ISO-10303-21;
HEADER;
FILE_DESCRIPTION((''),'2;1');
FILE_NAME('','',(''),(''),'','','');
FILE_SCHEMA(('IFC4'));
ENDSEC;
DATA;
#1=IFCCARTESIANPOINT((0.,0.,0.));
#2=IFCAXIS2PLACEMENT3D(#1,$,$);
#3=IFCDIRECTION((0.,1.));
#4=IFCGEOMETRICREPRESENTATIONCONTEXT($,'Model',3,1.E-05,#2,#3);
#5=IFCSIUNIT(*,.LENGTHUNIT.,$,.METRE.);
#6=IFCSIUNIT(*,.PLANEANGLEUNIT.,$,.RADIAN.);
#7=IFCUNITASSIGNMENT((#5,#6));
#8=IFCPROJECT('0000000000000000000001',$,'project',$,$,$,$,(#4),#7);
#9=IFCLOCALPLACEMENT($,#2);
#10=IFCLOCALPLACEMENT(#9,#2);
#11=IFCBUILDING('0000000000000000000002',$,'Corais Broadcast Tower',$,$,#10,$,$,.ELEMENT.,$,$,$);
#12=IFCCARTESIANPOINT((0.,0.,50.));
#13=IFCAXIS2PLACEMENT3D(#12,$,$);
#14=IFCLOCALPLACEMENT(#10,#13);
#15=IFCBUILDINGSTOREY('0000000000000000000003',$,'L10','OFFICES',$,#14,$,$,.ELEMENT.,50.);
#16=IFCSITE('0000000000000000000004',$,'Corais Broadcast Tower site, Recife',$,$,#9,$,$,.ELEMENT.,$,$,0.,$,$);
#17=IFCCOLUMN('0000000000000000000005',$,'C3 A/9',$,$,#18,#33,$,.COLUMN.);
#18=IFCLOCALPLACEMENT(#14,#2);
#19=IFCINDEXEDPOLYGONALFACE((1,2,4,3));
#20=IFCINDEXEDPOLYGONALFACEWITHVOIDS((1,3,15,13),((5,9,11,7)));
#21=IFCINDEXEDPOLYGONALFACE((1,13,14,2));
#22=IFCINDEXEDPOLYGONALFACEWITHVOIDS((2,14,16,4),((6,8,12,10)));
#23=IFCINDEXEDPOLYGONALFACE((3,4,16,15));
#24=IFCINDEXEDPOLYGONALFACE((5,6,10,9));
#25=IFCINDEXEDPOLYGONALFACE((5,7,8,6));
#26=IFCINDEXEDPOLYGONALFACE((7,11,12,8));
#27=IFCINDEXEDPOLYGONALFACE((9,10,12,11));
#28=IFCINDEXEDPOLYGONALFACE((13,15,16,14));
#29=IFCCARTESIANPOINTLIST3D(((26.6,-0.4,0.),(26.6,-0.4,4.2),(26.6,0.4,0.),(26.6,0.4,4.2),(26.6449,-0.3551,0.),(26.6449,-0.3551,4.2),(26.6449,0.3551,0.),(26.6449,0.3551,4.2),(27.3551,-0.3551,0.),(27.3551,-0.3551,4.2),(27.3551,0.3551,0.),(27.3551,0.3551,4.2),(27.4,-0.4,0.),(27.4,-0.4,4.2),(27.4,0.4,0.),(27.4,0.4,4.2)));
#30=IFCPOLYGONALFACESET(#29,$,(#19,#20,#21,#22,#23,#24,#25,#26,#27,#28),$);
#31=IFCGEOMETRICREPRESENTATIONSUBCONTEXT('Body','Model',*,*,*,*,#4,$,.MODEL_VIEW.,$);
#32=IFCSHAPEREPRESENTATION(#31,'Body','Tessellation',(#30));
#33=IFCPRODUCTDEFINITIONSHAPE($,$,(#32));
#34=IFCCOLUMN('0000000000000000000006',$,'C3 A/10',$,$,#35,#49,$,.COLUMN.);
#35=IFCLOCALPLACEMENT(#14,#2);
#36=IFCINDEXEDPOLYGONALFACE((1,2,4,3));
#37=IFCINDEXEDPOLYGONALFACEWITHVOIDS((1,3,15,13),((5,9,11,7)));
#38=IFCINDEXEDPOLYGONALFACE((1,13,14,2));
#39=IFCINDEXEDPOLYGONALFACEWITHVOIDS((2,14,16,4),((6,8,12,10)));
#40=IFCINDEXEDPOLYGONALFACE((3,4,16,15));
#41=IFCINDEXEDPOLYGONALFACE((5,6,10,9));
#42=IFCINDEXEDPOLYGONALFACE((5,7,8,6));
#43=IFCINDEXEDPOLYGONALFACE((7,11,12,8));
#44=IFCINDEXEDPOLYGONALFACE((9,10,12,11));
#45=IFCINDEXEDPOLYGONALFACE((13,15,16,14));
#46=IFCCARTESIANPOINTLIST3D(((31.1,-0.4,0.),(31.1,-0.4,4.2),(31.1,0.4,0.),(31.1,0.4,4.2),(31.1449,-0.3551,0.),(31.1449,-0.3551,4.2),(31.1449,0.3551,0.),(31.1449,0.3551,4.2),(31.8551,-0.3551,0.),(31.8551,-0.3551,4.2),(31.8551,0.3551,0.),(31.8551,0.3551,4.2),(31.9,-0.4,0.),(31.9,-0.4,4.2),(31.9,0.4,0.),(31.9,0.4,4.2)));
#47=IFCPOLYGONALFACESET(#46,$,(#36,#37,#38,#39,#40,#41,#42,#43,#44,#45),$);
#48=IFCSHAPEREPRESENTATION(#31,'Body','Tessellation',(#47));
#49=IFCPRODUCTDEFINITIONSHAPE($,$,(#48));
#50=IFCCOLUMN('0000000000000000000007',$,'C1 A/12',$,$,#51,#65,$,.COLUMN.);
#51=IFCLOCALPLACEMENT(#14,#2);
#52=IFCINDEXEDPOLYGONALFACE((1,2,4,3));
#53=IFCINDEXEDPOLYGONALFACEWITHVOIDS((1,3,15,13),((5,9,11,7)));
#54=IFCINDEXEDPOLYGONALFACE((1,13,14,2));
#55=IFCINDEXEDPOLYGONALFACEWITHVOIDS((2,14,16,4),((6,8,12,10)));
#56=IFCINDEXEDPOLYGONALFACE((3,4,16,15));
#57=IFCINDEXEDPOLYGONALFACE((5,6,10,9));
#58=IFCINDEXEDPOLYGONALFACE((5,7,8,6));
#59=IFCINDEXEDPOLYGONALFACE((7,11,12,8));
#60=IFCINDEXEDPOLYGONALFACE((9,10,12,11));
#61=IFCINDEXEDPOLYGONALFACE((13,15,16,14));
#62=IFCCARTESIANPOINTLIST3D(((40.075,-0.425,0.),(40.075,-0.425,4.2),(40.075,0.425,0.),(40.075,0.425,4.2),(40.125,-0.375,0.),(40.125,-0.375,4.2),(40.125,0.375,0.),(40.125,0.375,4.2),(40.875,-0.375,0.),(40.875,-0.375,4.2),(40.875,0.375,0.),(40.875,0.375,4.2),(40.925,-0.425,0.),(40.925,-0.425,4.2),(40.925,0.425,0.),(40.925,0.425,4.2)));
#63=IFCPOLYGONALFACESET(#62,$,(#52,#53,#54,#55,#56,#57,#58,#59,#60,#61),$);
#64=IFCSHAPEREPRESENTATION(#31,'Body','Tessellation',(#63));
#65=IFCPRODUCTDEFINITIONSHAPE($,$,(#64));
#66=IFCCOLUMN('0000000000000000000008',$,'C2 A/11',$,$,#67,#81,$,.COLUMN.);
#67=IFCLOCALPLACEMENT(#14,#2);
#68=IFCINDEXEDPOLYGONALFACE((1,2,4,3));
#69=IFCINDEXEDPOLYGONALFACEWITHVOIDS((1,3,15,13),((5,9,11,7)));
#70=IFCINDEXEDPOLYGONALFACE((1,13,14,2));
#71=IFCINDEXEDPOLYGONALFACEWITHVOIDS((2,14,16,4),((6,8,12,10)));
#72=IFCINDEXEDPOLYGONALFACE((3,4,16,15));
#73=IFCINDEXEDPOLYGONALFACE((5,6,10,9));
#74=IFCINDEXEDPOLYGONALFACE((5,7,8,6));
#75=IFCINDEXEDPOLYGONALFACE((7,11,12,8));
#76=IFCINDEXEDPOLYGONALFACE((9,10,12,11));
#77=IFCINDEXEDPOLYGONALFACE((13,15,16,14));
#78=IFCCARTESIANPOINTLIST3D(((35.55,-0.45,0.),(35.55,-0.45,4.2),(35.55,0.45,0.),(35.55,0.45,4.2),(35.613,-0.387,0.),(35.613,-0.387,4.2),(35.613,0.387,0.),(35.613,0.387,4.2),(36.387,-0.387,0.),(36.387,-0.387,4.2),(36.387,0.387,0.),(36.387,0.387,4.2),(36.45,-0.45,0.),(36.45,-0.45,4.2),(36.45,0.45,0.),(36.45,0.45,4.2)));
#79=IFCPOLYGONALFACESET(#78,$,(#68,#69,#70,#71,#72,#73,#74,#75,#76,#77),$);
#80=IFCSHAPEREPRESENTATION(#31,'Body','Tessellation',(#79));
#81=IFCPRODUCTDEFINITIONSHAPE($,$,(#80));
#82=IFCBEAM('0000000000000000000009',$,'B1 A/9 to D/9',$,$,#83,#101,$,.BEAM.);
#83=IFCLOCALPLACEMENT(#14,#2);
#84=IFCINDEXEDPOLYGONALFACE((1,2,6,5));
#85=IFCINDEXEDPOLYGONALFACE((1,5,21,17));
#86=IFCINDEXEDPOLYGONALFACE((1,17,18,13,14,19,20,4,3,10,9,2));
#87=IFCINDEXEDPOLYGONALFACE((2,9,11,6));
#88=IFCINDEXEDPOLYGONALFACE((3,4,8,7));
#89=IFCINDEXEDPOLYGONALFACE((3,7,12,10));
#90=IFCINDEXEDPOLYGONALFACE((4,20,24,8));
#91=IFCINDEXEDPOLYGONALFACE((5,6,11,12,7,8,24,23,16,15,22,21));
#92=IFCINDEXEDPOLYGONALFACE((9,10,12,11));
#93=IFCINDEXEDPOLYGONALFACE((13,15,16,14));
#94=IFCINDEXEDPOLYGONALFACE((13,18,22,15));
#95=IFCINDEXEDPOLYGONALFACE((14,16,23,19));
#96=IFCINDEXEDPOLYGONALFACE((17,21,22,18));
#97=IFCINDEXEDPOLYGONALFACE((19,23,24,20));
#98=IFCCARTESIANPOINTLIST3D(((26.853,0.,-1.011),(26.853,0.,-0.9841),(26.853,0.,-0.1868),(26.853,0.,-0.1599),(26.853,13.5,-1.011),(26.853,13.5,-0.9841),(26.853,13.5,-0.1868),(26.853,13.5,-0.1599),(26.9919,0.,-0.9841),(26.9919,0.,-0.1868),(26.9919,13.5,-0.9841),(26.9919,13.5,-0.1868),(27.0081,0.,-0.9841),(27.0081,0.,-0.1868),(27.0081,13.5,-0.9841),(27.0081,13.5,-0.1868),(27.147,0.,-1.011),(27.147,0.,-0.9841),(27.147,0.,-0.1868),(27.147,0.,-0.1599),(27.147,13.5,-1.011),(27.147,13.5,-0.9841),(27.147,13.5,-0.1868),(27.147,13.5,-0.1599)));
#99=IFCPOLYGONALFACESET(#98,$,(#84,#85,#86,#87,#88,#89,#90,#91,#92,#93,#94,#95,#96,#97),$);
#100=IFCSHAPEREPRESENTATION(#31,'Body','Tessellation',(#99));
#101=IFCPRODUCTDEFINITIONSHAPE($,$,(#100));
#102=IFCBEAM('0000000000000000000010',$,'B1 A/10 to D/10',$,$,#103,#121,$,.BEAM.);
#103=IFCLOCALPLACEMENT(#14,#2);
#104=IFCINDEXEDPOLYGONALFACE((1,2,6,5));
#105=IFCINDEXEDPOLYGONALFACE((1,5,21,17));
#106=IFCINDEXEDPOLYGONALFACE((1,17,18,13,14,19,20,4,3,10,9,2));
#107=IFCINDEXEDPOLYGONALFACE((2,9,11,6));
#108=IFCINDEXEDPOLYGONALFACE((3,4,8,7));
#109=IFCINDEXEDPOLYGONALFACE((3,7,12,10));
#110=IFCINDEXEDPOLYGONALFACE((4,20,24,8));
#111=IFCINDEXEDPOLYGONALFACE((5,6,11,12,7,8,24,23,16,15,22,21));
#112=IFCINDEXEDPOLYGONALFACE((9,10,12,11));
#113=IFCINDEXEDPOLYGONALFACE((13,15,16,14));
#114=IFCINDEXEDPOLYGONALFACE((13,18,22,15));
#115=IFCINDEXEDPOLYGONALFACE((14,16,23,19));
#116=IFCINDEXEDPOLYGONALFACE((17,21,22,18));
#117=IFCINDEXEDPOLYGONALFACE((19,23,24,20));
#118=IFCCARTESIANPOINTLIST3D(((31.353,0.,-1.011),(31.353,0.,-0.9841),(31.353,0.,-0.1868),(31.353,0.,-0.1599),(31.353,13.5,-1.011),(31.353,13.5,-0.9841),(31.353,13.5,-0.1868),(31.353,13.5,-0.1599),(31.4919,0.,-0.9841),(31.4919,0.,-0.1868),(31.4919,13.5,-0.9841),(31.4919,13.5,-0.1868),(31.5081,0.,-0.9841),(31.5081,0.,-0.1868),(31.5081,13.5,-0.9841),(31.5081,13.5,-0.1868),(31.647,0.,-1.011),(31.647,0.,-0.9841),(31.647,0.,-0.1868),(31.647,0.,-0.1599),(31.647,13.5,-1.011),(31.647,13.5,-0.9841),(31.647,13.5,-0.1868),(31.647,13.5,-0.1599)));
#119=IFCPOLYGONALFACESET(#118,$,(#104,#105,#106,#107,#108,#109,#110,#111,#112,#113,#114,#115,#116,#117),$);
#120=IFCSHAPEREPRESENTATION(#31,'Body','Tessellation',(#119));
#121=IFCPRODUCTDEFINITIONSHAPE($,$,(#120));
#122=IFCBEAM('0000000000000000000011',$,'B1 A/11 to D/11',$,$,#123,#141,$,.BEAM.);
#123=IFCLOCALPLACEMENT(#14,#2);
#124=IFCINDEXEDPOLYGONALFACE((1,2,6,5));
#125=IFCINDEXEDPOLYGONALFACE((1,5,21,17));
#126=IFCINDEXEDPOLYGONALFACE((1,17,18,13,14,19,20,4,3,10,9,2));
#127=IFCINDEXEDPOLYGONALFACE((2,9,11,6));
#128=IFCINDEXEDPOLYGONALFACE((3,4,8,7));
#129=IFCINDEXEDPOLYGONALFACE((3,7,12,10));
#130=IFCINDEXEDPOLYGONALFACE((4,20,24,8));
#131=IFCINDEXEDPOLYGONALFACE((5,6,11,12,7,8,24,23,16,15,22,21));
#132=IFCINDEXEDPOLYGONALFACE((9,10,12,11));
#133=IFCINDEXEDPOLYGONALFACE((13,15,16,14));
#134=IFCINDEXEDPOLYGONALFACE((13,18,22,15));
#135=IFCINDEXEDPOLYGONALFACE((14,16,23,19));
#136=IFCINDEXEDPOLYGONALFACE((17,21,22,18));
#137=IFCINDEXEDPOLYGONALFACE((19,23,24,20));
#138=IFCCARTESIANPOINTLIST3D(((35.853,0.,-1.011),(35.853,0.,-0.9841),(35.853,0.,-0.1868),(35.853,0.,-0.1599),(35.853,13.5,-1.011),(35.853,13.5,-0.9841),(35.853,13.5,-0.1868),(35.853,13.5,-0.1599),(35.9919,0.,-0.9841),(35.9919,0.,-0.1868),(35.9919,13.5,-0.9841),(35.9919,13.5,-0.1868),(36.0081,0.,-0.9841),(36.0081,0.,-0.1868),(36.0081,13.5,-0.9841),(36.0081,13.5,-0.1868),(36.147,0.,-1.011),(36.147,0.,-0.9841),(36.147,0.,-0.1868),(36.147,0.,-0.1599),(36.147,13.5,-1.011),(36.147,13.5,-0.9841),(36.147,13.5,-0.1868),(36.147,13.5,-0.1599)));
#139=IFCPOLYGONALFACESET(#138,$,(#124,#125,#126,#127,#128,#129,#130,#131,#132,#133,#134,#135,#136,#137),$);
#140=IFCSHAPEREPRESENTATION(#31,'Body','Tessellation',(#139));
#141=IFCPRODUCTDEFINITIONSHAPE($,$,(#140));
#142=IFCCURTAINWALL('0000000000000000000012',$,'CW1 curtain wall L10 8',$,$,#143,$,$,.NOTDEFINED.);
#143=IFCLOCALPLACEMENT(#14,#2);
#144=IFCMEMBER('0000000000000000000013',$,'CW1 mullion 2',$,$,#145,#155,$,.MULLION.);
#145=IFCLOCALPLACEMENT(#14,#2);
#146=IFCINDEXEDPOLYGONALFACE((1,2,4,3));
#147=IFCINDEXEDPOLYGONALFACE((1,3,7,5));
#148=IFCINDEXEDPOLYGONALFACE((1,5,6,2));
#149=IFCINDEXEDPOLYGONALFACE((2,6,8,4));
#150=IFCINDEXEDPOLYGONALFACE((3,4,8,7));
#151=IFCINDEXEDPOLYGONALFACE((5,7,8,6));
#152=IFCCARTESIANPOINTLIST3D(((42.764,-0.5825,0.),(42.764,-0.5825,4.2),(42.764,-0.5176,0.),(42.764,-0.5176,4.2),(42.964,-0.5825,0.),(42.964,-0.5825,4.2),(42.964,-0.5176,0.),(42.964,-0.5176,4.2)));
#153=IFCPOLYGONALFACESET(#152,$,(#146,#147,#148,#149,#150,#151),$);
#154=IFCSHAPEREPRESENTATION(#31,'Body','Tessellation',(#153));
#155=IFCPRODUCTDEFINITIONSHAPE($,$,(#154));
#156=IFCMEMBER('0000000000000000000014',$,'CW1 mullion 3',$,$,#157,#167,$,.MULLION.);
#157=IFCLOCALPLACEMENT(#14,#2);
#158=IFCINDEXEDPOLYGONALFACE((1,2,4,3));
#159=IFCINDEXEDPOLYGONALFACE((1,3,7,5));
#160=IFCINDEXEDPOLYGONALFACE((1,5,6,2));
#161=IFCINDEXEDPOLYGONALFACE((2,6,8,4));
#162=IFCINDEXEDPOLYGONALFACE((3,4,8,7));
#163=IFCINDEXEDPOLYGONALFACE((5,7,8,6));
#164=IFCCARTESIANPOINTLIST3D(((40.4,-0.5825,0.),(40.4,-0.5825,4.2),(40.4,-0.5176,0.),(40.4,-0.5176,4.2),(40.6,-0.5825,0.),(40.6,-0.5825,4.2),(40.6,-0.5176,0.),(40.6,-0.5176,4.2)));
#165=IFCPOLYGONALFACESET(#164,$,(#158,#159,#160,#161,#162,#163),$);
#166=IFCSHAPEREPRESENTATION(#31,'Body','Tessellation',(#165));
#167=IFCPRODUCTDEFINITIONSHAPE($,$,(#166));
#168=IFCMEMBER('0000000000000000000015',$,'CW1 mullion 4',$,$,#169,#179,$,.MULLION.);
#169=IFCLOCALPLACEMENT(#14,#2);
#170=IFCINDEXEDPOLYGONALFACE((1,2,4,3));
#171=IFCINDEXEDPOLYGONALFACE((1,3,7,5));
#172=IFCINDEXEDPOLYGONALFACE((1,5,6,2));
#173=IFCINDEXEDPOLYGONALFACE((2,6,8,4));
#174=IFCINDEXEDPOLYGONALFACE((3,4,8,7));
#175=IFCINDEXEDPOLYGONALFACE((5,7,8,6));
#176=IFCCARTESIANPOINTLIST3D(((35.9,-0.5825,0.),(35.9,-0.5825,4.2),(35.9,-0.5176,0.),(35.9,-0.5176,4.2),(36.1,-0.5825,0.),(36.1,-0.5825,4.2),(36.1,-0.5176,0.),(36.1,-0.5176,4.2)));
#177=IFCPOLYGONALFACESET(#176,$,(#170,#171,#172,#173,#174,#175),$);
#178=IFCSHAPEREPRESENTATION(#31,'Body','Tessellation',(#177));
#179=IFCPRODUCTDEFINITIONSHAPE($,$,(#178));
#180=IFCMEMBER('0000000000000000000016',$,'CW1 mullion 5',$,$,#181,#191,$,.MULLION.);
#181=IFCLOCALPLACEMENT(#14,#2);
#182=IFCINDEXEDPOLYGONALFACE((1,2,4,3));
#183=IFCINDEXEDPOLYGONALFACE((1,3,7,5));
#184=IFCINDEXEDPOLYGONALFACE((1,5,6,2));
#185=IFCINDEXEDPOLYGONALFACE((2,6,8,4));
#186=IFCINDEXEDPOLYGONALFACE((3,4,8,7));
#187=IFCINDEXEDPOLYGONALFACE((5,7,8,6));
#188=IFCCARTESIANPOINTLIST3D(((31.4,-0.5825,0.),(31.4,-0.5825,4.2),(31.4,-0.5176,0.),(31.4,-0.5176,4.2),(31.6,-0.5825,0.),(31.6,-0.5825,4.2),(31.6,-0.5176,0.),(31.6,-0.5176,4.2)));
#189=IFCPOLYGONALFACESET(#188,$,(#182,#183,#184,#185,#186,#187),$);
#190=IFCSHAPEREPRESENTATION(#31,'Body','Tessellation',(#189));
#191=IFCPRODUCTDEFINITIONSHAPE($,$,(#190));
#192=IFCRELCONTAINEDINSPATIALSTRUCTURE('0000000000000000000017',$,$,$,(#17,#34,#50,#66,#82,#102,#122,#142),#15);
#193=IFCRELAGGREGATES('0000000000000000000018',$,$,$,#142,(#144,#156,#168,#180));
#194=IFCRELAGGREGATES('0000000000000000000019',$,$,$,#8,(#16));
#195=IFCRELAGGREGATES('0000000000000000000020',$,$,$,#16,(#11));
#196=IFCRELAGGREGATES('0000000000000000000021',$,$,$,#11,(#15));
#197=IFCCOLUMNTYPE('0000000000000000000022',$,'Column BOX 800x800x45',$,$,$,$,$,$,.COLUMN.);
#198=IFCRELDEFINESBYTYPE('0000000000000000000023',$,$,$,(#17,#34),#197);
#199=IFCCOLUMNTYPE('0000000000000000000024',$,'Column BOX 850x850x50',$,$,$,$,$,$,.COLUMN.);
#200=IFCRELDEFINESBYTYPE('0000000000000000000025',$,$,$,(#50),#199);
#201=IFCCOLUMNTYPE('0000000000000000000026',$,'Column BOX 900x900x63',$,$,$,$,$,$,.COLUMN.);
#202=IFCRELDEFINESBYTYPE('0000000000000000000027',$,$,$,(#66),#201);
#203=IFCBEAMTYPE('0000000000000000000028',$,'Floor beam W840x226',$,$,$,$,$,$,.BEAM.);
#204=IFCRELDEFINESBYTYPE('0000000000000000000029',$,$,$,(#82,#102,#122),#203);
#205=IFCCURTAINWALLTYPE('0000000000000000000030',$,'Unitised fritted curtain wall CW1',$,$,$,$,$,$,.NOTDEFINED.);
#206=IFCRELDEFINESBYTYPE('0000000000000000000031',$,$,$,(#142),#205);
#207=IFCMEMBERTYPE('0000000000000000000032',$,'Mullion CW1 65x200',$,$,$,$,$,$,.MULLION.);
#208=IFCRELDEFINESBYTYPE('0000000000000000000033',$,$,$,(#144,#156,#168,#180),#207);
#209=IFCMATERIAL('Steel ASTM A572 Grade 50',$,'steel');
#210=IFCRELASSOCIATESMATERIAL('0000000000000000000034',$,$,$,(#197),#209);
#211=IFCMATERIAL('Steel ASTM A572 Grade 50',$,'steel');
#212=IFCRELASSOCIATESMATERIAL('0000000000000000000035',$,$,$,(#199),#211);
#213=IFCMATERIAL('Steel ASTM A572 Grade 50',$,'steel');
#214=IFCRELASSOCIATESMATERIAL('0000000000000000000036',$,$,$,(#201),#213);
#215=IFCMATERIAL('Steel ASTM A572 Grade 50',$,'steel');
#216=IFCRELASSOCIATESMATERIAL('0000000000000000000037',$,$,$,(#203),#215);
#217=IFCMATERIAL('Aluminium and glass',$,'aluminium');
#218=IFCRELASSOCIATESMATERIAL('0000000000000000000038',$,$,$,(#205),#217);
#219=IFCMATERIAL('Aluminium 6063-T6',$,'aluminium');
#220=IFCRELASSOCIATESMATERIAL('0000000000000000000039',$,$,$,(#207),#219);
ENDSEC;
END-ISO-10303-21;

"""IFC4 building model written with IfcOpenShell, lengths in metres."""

from ifc_helpers import new_model, si_unit, direction, frame, origin, origin_2d, place, context, subcontext, project, spatial, rectangle, hollow_rectangle, i_section, extrude, material, material_profile, profile_set, type_object, element, aggregate, save


model = new_model("IFC4")

# Units and contexts
model_context = context("Model", 3, precision=1e-05, world=origin(), true_north=direction((0.0, 1.0)))
body_context = subcontext(model_context, "Body", "Model", "MODEL_VIEW")
ifc_project = project(units=[si_unit("LENGTHUNIT", "METRE"), si_unit("PLANEANGLEUNIT", "RADIAN")], contexts=[model_context])

# Site, building, storey
site_placement = place(None, origin())
site = spatial("IfcSite", under=ifc_project, at=site_placement, Name="Corais Broadcast Tower site, Recife", CompositionType="ELEMENT", RefElevation=0.0)
building_placement = place(site_placement, origin())
building = spatial("IfcBuilding", under=site, at=building_placement, Name="Corais Broadcast Tower", CompositionType="ELEMENT")
storey_placement = place(building_placement, frame((0.0, 0.0, 50.0)))
storey = spatial("IfcBuildingStorey", under=building, at=storey_placement, Name="L10", Description="OFFICES", CompositionType="ELEMENT", Elevation=50.0)

# Columns
ifc_material_1 = material(Name="Steel ASTM A572 Grade 50", Category="steel")
ifc_material_profile_1 = material_profile(ifc_material_1, hollow_rectangle(XDim=0.8, YDim=0.8, WallThickness=0.0449, at=origin_2d()), Name="BOX 800x800x45")
ifc_profile_set_1 = profile_set([ifc_material_profile_1], Name="Steel ASTM A572 Grade 50")
column_type_1 = type_object("IfcColumnType", Name="Column BOX 800x800x45", PredefinedType="COLUMN", material=ifc_profile_set_1)
for number, where, z_axis, x_axis, name in (
    (1, (27.0, 0.0, 0.0), (0.0, 0.0, 1.0), (1.0, 0.0, 0.0), "C3 A/9"),
    (2, (31.5, 0.0, 0.0), (0.0, 0.0, 1.0), (1.0, 0.0, 0.0), "C3 A/10"),
):
    element("IfcColumn", number, at=place(storey_placement, frame(where, z_axis=z_axis, x_axis=x_axis)), inside=storey, type_object=column_type_1, Name=name, PredefinedType="COLUMN", context=body_context, shape_type="SweptSolid", body=[
        extrude(hollow_rectangle(XDim=0.8, YDim=0.8, WallThickness=0.0449, at=origin_2d()), origin(), (0.0, 0.0, 1.0), 4.2),
    ])
ifc_material_2 = material(Name="Steel ASTM A572 Grade 50", Category="steel")
ifc_material_profile_2 = material_profile(ifc_material_2, hollow_rectangle(XDim=0.8501, YDim=0.8501, WallThickness=0.05, at=origin_2d()), Name="BOX 850x850x50")
ifc_profile_set_2 = profile_set([ifc_material_profile_2], Name="Steel ASTM A572 Grade 50")
column_type_2 = type_object("IfcColumnType", Name="Column BOX 850x850x50", PredefinedType="COLUMN", material=ifc_profile_set_2)
column_1_placement = place(storey_placement, frame((40.5, 0.0, 0.0), z_axis=(0.0, 0.0, 1.0), x_axis=(1.0, 0.0, 0.0)))
element("IfcColumn", 3, at=column_1_placement, inside=storey, type_object=column_type_2, Name="C1 A/12", PredefinedType="COLUMN", context=body_context, shape_type="SweptSolid", body=[
    extrude(hollow_rectangle(XDim=0.8501, YDim=0.8501, WallThickness=0.05, at=origin_2d()), origin(), (0.0, 0.0, 1.0), 4.2),
])
ifc_material_3 = material(Name="Steel ASTM A572 Grade 50", Category="steel")
ifc_material_profile_3 = material_profile(ifc_material_3, hollow_rectangle(XDim=0.8999, YDim=0.8999, WallThickness=0.063, at=origin_2d()), Name="BOX 900x900x63")
ifc_profile_set_3 = profile_set([ifc_material_profile_3], Name="Steel ASTM A572 Grade 50")
column_type_3 = type_object("IfcColumnType", Name="Column BOX 900x900x63", PredefinedType="COLUMN", material=ifc_profile_set_3)
column_2_placement = place(storey_placement, frame((36.0, 0.0, 0.0), z_axis=(0.0, 0.0, 1.0), x_axis=(1.0, 0.0, 0.0)))
element("IfcColumn", 4, at=column_2_placement, inside=storey, type_object=column_type_3, Name="C2 A/11", PredefinedType="COLUMN", context=body_context, shape_type="SweptSolid", body=[
    extrude(hollow_rectangle(XDim=0.8999, YDim=0.8999, WallThickness=0.063, at=origin_2d()), origin(), (0.0, 0.0, 1.0), 4.2),
])

# Beams
ifc_material_4 = material(Name="Steel ASTM A572 Grade 50", Category="steel")
ifc_material_profile_4 = material_profile(ifc_material_4, i_section(OverallWidth=0.2939, OverallDepth=0.8511, WebThickness=0.0161, FlangeThickness=0.0269, at=origin_2d()), Name="W840x226")
ifc_profile_set_4 = profile_set([ifc_material_profile_4], Name="Steel ASTM A572 Grade 50")
beam_type_1 = type_object("IfcBeamType", Name="Floor beam W840x226", PredefinedType="BEAM", material=ifc_profile_set_4)
for number, where, z_axis, x_axis, name in (
    (5, (27.0, 0.0, -0.5854), (0.0, 1.0, 0.0), (-1.0, 0.0, 0.0), "B1 A/9 to D/9"),
    (6, (31.5, 0.0, -0.5854), (0.0, 1.0, 0.0), (-1.0, 0.0, 0.0), "B1 A/10 to D/10"),
    (7, (36.0, 0.0, -0.5854), (0.0, 1.0, 0.0), (-1.0, 0.0, 0.0), "B1 A/11 to D/11"),
):
    element("IfcBeam", number, at=place(storey_placement, frame(where, z_axis=z_axis, x_axis=x_axis)), inside=storey, type_object=beam_type_1, Name=name, PredefinedType="BEAM", context=body_context, shape_type="SweptSolid", body=[
        extrude(i_section(OverallWidth=0.2939, OverallDepth=0.8511, WebThickness=0.0161, FlangeThickness=0.0269, at=origin_2d()), origin(), (0.0, 0.0, 1.0), 13.5),
    ])

# Curtain wall, members
ifc_material_5 = material(Name="Aluminium and glass", Category="aluminium")
curtain_wall_type = type_object("IfcCurtainWallType", Name="Unitised fritted curtain wall CW1", PredefinedType="NOTDEFINED", material=ifc_material_5)
curtain_wall_placement = place(storey_placement, origin())
curtain_wall = element("IfcCurtainWall", 8, at=curtain_wall_placement, inside=storey, type_object=curtain_wall_type, Name="CW1 curtain wall L10 8", PredefinedType="NOTDEFINED")
ifc_material_6 = material(Name="Aluminium 6063-T6", Category="aluminium")
ifc_material_profile_5 = material_profile(ifc_material_6, rectangle(XDim=0.0649, YDim=0.2, at=origin_2d()), Name="Mullion CW1 65x200")
ifc_profile_set_5 = profile_set([ifc_material_profile_5], Name="Aluminium 6063-T6")
member_type_1 = type_object("IfcMemberType", Name="Mullion CW1 65x200", PredefinedType="MULLION", material=ifc_profile_set_5)
member_1_placement = place(storey_placement, frame((42.864, -0.55, 0.0), z_axis=(0.0, 0.0, 1.0), x_axis=(0.0, -1.0, 0.0)))
member_1 = element("IfcMember", 9, at=member_1_placement, type_object=member_type_1, Name="CW1 mullion 2", PredefinedType="MULLION", context=body_context, shape_type="SweptSolid", body=[
    extrude(rectangle(XDim=0.0649, YDim=0.2, at=origin_2d()), origin(), (0.0, 0.0, 1.0), 4.2),
])
member_2_placement = place(storey_placement, frame((40.5, -0.55, 0.0), z_axis=(0.0, 0.0, 1.0), x_axis=(0.0, -1.0, 0.0)))
member_2 = element("IfcMember", 10, at=member_2_placement, type_object=member_type_1, Name="CW1 mullion 3", PredefinedType="MULLION", context=body_context, shape_type="SweptSolid", body=[
    extrude(rectangle(XDim=0.0649, YDim=0.2, at=origin_2d()), origin(), (0.0, 0.0, 1.0), 4.2),
])
member_3_placement = place(storey_placement, frame((36.0, -0.55, 0.0), z_axis=(0.0, 0.0, 1.0), x_axis=(0.0, -1.0, 0.0)))
member_3 = element("IfcMember", 11, at=member_3_placement, type_object=member_type_1, Name="CW1 mullion 4", PredefinedType="MULLION", context=body_context, shape_type="SweptSolid", body=[
    extrude(rectangle(XDim=0.0649, YDim=0.2, at=origin_2d()), origin(), (0.0, 0.0, 1.0), 4.2),
])
member_4_placement = place(storey_placement, frame((31.5, -0.55, 0.0), z_axis=(0.0, 0.0, 1.0), x_axis=(0.0, -1.0, 0.0)))
member_4 = element("IfcMember", 12, at=member_4_placement, type_object=member_type_1, Name="CW1 mullion 5", PredefinedType="MULLION", context=body_context, shape_type="SweptSolid", body=[
    extrude(rectangle(XDim=0.0649, YDim=0.2, at=origin_2d()), origin(), (0.0, 0.0, 1.0), 4.2),
])

aggregate(curtain_wall, [member_1, member_2, member_3, member_4])

save(model, "model.ifc")
